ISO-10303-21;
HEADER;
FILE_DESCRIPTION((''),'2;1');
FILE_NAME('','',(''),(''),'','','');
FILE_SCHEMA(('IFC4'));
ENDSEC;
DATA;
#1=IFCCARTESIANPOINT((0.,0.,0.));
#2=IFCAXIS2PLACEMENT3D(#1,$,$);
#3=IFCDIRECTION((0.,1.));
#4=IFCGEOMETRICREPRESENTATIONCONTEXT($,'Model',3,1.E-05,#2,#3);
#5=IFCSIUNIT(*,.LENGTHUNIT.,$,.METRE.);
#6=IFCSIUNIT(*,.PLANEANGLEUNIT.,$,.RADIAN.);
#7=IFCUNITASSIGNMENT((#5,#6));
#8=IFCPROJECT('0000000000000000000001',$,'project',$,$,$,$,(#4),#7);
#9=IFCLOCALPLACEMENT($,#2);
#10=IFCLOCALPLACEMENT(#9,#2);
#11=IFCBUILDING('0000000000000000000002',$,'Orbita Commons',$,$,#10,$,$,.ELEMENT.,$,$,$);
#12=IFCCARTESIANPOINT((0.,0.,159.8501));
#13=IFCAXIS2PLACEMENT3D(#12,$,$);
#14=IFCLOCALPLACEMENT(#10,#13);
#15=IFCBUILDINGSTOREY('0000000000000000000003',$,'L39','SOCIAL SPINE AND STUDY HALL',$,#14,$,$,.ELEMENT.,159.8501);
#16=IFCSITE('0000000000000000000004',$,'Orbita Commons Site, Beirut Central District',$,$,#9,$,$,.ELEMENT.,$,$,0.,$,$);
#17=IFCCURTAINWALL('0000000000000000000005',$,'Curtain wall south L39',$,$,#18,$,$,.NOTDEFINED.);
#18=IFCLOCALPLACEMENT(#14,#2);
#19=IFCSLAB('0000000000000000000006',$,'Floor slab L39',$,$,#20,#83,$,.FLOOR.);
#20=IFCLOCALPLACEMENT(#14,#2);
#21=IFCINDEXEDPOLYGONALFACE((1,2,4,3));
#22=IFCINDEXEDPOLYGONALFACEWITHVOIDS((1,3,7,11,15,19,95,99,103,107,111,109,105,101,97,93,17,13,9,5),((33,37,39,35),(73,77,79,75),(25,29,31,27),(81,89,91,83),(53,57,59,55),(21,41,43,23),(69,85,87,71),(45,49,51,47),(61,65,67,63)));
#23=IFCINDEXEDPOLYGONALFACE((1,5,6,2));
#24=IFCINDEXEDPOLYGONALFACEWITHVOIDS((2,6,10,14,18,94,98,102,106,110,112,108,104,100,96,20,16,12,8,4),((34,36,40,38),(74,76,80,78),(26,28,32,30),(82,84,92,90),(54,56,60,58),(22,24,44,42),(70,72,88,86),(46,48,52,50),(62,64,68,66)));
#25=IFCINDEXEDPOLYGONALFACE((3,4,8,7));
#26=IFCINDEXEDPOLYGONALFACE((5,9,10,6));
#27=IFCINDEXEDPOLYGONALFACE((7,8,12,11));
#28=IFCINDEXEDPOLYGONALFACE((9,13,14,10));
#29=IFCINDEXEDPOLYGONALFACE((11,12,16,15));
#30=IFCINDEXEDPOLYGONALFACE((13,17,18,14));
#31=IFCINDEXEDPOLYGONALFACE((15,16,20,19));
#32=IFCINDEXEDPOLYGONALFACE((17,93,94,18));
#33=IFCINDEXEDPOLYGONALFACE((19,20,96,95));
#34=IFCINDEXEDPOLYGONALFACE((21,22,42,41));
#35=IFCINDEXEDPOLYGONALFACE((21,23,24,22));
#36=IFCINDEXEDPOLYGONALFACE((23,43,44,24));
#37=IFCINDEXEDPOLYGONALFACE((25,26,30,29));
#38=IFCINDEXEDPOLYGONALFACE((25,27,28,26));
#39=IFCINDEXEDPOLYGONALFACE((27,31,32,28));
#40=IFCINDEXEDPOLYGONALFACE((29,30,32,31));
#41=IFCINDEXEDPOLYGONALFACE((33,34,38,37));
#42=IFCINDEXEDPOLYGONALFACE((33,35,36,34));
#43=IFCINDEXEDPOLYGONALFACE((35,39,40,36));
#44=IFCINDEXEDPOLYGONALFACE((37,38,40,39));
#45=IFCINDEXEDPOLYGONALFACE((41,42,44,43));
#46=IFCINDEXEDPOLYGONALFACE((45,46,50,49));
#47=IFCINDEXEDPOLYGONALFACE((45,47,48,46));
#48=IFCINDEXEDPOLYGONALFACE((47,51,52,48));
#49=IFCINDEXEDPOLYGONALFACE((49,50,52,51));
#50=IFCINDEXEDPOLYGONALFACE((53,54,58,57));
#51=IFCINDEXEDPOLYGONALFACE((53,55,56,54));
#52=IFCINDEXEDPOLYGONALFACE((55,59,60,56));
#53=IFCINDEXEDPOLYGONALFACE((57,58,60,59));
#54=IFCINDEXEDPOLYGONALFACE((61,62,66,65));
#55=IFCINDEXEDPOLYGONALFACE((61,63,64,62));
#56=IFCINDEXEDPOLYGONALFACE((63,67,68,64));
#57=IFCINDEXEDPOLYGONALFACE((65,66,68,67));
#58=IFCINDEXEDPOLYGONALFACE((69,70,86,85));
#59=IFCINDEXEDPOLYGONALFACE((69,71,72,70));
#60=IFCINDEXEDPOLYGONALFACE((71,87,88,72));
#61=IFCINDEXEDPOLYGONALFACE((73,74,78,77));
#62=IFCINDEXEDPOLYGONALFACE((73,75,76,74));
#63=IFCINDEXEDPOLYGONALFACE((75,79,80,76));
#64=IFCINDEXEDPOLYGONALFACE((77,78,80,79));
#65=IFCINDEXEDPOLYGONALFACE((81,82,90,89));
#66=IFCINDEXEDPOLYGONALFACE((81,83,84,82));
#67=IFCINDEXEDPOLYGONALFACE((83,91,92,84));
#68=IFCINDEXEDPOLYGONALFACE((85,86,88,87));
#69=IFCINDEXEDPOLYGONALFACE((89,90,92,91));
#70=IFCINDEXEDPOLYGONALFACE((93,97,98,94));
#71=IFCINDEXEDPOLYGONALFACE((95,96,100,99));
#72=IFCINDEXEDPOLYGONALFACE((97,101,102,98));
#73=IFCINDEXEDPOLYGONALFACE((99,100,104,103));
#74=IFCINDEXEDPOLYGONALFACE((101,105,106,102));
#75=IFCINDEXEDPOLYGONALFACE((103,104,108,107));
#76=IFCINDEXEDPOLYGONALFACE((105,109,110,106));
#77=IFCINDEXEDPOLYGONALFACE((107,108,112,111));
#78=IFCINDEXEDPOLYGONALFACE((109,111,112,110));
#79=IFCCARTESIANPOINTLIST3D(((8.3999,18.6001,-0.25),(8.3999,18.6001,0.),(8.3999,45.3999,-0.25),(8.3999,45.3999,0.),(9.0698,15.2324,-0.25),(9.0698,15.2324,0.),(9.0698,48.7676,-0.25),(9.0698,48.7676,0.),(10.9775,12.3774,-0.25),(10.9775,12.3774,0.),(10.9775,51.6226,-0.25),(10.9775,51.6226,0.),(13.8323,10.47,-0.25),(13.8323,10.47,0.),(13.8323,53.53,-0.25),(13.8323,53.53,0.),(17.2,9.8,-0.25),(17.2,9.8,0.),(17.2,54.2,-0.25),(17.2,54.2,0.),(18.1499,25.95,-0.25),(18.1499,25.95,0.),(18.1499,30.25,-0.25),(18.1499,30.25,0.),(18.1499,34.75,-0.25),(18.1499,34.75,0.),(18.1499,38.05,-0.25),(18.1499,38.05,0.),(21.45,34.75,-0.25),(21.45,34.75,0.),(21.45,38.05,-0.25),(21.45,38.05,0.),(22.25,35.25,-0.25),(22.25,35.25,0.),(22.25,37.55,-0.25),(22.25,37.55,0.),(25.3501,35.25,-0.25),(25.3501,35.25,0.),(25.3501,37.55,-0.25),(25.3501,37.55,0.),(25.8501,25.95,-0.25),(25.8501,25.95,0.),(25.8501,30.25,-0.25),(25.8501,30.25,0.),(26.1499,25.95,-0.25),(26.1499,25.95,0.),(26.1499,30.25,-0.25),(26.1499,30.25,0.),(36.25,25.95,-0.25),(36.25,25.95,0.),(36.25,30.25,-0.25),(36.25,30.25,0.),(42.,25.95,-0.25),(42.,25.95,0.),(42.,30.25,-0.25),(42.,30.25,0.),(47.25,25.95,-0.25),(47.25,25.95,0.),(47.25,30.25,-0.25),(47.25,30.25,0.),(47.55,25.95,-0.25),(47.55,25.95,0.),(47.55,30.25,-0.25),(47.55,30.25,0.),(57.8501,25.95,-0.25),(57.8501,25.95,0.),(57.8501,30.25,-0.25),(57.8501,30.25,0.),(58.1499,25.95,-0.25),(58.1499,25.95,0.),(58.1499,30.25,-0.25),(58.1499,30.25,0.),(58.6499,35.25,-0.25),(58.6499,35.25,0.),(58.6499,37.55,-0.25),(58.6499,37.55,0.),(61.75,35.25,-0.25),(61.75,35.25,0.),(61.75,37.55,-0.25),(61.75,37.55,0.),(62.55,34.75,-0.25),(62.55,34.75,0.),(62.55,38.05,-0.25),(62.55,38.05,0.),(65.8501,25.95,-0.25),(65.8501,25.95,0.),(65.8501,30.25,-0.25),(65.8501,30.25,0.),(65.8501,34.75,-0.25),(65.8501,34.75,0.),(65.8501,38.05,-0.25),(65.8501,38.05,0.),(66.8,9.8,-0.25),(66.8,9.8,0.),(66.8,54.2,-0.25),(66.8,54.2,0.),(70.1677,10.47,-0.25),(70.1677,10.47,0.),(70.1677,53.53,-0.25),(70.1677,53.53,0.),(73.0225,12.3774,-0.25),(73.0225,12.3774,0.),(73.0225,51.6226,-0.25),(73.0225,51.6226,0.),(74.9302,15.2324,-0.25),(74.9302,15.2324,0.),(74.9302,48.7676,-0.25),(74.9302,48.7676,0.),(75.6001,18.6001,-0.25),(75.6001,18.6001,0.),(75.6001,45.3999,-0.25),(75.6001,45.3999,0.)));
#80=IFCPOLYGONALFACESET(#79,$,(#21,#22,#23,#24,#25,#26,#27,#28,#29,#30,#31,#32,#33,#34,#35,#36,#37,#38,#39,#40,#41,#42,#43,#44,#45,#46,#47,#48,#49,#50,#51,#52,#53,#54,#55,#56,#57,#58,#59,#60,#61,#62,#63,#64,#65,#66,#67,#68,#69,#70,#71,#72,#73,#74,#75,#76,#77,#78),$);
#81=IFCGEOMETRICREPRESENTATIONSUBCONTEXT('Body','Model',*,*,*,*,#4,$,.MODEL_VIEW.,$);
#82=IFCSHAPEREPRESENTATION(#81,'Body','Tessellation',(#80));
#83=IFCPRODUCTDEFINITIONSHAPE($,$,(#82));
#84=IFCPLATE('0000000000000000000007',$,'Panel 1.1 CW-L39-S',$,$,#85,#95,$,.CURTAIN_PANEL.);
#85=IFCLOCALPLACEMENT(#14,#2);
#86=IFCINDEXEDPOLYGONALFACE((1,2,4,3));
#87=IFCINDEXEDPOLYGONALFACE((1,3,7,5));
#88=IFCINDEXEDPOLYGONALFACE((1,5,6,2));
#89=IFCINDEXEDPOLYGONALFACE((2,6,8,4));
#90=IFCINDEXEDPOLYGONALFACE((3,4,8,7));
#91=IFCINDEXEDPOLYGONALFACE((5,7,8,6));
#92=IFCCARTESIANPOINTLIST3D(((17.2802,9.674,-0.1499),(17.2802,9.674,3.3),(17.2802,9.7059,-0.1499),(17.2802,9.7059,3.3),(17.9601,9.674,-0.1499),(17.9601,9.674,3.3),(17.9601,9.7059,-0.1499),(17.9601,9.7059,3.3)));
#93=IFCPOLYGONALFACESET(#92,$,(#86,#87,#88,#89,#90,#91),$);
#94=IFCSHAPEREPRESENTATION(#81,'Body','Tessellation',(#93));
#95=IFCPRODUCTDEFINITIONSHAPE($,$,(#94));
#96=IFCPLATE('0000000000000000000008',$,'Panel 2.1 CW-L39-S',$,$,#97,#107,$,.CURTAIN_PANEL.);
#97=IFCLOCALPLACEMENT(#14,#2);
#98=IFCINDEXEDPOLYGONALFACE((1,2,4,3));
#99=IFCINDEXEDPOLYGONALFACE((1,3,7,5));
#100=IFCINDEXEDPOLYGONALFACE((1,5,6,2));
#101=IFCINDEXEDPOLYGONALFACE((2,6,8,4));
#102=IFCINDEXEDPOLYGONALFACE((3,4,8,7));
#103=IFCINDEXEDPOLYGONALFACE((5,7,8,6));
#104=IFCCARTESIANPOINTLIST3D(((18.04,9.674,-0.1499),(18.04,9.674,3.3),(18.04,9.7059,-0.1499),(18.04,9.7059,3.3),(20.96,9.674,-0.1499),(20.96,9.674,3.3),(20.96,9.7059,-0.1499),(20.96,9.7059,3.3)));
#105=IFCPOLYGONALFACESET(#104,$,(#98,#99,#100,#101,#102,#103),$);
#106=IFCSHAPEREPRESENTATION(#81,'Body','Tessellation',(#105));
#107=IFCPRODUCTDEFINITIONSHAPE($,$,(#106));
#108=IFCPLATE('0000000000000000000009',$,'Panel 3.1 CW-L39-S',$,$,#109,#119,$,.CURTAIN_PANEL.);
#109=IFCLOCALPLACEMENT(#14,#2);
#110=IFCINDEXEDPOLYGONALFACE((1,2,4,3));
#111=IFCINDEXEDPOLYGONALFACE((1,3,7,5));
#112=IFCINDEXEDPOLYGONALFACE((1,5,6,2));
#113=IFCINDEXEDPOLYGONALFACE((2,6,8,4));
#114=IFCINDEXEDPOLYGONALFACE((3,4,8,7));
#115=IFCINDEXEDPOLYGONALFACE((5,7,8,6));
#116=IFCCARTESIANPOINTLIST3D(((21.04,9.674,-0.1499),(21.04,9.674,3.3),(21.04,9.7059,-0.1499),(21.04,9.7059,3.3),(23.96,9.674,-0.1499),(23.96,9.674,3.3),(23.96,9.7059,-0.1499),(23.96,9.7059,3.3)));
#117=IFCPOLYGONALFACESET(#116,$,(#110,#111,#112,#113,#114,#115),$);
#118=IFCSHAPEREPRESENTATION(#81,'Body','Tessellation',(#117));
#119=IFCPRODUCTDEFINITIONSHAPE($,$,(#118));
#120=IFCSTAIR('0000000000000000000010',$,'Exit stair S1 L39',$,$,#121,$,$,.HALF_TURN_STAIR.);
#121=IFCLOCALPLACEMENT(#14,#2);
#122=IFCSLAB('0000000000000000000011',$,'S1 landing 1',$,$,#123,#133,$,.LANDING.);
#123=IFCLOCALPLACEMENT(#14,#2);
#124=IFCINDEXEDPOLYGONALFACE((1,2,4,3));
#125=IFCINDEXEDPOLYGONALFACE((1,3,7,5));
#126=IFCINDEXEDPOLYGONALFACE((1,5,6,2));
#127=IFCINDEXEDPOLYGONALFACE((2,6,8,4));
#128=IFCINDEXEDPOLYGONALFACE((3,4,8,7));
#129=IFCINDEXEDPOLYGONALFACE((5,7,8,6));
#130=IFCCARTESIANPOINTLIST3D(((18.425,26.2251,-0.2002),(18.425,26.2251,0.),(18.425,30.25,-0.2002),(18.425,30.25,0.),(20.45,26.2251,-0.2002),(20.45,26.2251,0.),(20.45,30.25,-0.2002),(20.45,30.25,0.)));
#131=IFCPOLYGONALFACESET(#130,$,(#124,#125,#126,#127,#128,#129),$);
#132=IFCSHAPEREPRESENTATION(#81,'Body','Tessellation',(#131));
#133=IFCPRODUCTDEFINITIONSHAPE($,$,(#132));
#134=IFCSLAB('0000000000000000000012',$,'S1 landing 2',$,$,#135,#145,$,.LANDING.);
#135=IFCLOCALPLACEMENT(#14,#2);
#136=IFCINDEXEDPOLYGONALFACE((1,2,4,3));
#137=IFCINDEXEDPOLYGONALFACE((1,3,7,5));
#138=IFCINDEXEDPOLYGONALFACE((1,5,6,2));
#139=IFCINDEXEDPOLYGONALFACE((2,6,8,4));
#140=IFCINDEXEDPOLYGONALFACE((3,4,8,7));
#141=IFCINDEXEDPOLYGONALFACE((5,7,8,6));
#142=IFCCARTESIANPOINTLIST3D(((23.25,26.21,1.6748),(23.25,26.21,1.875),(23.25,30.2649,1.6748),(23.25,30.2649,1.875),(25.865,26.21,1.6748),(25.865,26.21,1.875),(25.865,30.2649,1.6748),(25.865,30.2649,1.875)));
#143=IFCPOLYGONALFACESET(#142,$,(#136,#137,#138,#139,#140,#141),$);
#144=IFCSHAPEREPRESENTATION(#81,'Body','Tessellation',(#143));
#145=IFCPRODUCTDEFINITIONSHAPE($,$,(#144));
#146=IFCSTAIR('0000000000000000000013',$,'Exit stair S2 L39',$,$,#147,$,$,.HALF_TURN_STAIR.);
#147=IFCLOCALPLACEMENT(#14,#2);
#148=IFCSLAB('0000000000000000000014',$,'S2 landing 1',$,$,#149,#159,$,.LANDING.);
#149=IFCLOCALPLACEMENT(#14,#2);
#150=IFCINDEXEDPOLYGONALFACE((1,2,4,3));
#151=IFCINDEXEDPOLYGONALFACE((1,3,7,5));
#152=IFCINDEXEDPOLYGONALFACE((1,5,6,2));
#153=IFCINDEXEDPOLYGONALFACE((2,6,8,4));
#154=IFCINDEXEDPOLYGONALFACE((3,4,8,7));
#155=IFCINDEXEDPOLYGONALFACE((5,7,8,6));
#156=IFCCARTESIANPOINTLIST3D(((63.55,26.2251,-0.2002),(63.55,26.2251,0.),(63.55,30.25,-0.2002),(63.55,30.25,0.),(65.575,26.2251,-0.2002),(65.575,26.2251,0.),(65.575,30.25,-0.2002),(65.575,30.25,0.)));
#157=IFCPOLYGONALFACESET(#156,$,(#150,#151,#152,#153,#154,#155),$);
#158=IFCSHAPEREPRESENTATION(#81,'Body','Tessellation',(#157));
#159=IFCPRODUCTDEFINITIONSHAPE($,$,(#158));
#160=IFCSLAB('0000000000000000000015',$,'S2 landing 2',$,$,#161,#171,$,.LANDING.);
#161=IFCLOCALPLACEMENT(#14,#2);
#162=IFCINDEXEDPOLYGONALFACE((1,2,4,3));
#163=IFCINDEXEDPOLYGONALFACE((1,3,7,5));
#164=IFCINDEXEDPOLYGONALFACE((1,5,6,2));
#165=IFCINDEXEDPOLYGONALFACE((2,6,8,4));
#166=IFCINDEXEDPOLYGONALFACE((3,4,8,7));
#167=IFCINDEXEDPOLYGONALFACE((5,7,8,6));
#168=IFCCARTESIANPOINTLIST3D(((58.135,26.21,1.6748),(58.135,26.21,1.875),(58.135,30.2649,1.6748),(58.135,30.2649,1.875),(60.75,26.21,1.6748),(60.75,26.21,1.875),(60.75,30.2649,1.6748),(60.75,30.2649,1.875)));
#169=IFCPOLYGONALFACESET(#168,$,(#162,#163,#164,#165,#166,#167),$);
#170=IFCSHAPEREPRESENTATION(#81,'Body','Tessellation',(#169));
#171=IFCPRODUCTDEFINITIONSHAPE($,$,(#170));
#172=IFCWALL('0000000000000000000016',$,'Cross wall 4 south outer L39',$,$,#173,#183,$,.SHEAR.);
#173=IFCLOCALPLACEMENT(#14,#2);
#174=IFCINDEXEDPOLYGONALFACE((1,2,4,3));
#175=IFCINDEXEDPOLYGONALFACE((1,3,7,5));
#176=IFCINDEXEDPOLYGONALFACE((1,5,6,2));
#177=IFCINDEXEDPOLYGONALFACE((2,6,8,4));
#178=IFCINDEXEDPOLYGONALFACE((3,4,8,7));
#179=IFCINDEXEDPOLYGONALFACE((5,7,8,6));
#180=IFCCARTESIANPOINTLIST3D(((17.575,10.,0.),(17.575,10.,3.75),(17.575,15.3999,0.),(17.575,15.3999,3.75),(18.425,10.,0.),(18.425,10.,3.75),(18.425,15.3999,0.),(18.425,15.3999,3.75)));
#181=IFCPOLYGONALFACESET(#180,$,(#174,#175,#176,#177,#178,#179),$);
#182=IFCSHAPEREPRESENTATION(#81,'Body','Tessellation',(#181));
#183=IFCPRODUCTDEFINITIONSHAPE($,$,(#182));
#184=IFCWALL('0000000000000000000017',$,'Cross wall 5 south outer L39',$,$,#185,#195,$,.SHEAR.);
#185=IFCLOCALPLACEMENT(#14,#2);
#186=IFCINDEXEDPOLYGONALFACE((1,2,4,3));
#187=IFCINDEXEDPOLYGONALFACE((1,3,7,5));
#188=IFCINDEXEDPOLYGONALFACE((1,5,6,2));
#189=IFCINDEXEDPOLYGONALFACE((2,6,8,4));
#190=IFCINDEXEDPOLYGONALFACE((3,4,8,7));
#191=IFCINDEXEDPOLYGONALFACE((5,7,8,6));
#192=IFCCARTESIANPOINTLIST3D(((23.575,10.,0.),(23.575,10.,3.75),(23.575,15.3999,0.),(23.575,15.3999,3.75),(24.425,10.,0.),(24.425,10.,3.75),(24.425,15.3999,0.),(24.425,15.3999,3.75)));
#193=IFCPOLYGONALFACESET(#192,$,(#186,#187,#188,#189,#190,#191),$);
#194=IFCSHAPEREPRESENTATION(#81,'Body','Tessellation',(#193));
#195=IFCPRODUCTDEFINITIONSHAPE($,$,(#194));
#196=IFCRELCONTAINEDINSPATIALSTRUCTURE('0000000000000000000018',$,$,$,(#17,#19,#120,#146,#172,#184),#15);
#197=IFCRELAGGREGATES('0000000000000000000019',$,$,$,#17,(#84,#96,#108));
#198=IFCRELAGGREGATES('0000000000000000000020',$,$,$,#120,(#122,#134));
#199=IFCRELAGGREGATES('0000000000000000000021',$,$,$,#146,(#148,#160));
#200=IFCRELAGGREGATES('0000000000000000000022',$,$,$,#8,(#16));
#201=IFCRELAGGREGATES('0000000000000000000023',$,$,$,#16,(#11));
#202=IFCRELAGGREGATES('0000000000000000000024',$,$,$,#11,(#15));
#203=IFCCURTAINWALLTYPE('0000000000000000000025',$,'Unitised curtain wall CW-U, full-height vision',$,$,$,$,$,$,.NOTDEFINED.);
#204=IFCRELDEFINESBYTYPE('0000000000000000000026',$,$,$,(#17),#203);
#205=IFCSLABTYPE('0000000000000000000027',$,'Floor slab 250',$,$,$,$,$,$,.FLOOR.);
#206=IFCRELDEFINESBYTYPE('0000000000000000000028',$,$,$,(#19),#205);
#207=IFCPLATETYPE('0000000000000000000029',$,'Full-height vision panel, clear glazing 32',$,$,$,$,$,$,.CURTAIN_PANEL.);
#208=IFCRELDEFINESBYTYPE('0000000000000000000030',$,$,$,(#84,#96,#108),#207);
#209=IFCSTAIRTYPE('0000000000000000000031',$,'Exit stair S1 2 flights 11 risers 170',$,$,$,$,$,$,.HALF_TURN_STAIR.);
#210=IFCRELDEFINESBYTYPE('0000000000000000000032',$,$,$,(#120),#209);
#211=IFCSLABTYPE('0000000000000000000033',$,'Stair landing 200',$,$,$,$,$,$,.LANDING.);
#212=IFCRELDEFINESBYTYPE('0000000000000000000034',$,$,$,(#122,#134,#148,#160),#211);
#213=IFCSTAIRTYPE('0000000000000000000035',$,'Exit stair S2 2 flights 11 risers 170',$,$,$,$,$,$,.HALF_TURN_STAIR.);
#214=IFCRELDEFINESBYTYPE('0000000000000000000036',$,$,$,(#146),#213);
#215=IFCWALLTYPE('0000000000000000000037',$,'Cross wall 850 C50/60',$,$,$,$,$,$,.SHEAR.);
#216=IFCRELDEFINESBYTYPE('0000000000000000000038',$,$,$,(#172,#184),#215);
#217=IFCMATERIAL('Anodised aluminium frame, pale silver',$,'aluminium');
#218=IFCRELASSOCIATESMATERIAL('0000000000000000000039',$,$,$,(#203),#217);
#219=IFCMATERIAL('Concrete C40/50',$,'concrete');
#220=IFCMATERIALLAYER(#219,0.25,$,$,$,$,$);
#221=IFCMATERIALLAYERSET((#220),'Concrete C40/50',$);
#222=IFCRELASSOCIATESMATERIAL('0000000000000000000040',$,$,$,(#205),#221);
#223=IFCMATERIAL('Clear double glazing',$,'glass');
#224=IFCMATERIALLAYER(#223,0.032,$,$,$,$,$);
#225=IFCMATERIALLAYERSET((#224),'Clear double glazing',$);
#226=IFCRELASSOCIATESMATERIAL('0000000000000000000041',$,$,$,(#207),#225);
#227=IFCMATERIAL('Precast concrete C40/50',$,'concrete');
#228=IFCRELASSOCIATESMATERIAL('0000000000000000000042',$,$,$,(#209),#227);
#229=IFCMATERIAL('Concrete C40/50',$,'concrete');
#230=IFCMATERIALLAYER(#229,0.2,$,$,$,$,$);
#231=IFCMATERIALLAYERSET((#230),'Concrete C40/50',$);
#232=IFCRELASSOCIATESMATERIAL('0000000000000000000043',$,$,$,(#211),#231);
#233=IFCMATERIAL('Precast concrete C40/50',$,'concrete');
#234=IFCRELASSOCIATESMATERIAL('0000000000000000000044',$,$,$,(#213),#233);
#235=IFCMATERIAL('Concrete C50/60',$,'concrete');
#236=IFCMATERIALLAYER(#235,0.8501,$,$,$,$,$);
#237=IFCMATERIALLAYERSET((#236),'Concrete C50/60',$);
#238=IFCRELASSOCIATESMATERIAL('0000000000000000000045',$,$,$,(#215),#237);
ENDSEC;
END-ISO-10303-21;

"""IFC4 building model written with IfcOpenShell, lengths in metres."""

from ifc_helpers import new_model, si_unit, direction, frame, frame_2d, origin, origin_2d, place, context, subcontext, project, spatial, polyline, rectangle, outline, extrude, material, layer, layer_set, type_object, element, aggregate, save


model = new_model("IFC4")

# Units and contexts
model_context = context("Model", 3, precision=1e-05, world=origin(), true_north=direction((0.0, 1.0)))
body_context = subcontext(model_context, "Body", "Model", "MODEL_VIEW")
ifc_project = project(units=[si_unit("LENGTHUNIT", "METRE"), si_unit("PLANEANGLEUNIT", "RADIAN")], contexts=[model_context])

# Site, building, storey
site_placement = place(None, origin())
site = spatial("IfcSite", under=ifc_project, at=site_placement, Name="Orbita Commons Site, Beirut Central District", CompositionType="ELEMENT", RefElevation=0.0)
building_placement = place(site_placement, origin())
building = spatial("IfcBuilding", under=site, at=building_placement, Name="Orbita Commons", CompositionType="ELEMENT")
storey_placement = place(building_placement, frame((0.0, 0.0, 159.8501)))
storey = spatial("IfcBuildingStorey", under=building, at=storey_placement, Name="L39", Description="SOCIAL SPINE AND STUDY HALL", CompositionType="ELEMENT", Elevation=159.8501)

# Curtain wall
ifc_material_1 = material(Name="Anodised aluminium frame, pale silver", Category="aluminium")
curtain_wall_type = type_object("IfcCurtainWallType", Name="Unitised curtain wall CW-U, full-height vision", PredefinedType="NOTDEFINED", material=ifc_material_1)
curtain_wall_placement = place(storey_placement, origin())
curtain_wall = element("IfcCurtainWall", 1, at=curtain_wall_placement, inside=storey, type_object=curtain_wall_type, Name="Curtain wall south L39", PredefinedType="NOTDEFINED")

# Slab
ifc_material_2 = material(Name="Concrete C40/50", Category="concrete")
ifc_layer_1 = layer(ifc_material_2, 0.25)
ifc_layer_set_1 = layer_set([ifc_layer_1], Name="Concrete C40/50")
slab_type_1 = type_object("IfcSlabType", Name="Floor slab 250", PredefinedType="FLOOR", material=ifc_layer_set_1)
slab_1_placement = place(storey_placement, frame((0.0, 0.0, -0.25)))
element("IfcSlab", 2, at=slab_1_placement, inside=storey, type_object=slab_type_1, Name="Floor slab L39", PredefinedType="FLOOR", context=body_context, shape_type="SweptSolid", body=[
    extrude(outline(polyline([(66.8, 9.8), (70.1677, 10.47), (73.0225, 12.3774), (74.9302, 15.2324), (75.6001, 18.6001), (75.6001, 45.3999), (74.9302, 48.7676), (73.0225, 51.6226), (70.1677, 53.53), (66.8, 54.2), (17.2, 54.2), (13.8323, 53.53), (10.9775, 51.6226), (9.0698, 48.7676), (8.3999, 45.3999), (8.3999, 18.6001), (9.0698, 15.2324), (10.9775, 12.3774), (13.8323, 10.47), (17.2, 9.8), (66.8, 9.8)]), holes=[polyline([(18.1499, 25.95), (25.8501, 25.95), (25.8501, 30.25), (18.1499, 30.25), (18.1499, 25.95)]), polyline([(58.1499, 25.95), (65.8501, 25.95), (65.8501, 30.25), (58.1499, 30.25), (58.1499, 25.95)]), polyline([(18.1499, 34.75), (21.45, 34.75), (21.45, 38.05), (18.1499, 38.05), (18.1499, 34.75)]), polyline([(62.55, 34.75), (65.8501, 34.75), (65.8501, 38.05), (62.55, 38.05), (62.55, 34.75)]), polyline([(22.25, 35.25), (25.3501, 35.25), (25.3501, 37.55), (22.25, 37.55), (22.25, 35.25)]), polyline([(58.6499, 35.25), (61.75, 35.25), (61.75, 37.55), (58.6499, 37.55), (58.6499, 35.25)]), polyline([(26.1499, 25.95), (36.25, 25.95), (36.25, 30.25), (26.1499, 30.25), (26.1499, 25.95)]), polyline([(42.0, 25.95), (47.25, 25.95), (47.25, 30.25), (42.0, 30.25), (42.0, 25.95)]), polyline([(47.55, 25.95), (57.8501, 25.95), (57.8501, 30.25), (47.55, 30.25), (47.55, 25.95)])]), origin(), (0.0, 0.0, 1.0), 0.25),
])

# Plates
ifc_material_3 = material(Name="Clear double glazing", Category="glass")
ifc_layer_2 = layer(ifc_material_3, 0.032)
ifc_layer_set_2 = layer_set([ifc_layer_2], Name="Clear double glazing")
plate_type = type_object("IfcPlateType", Name="Full-height vision panel, clear glazing 32", PredefinedType="CURTAIN_PANEL", material=ifc_layer_set_2)
plate_1_placement = place(storey_placement, frame((17.6201, 9.6899, -0.1499), z_axis=(0.0, 0.0, 1.0), x_axis=(1.0, 0.0, 0.0)))
plate_1 = element("IfcPlate", 3, at=plate_1_placement, type_object=plate_type, Name="Panel 1.1 CW-L39-S", PredefinedType="CURTAIN_PANEL", context=body_context, shape_type="SweptSolid", body=[
    extrude(rectangle(XDim=0.6799, YDim=0.032, at=origin_2d()), origin(), (0.0, 0.0, 1.0), 3.45),
])
plate_2_placement = place(storey_placement, frame((19.5, 9.6899, -0.1499), z_axis=(0.0, 0.0, 1.0), x_axis=(1.0, 0.0, 0.0)))
plate_2 = element("IfcPlate", 4, at=plate_2_placement, type_object=plate_type, Name="Panel 2.1 CW-L39-S", PredefinedType="CURTAIN_PANEL", context=body_context, shape_type="SweptSolid", body=[
    extrude(rectangle(XDim=2.9199, YDim=0.032, at=origin_2d()), origin(), (0.0, 0.0, 1.0), 3.45),
])
plate_3_placement = place(storey_placement, frame((22.5, 9.6899, -0.1499), z_axis=(0.0, 0.0, 1.0), x_axis=(1.0, 0.0, 0.0)))
plate_3 = element("IfcPlate", 5, at=plate_3_placement, type_object=plate_type, Name="Panel 3.1 CW-L39-S", PredefinedType="CURTAIN_PANEL", context=body_context, shape_type="SweptSolid", body=[
    extrude(rectangle(XDim=2.9199, YDim=0.032, at=origin_2d()), origin(), (0.0, 0.0, 1.0), 3.45),
])
aggregate(curtain_wall, [plate_1, plate_2, plate_3])

# Stairs, slabs
ifc_material_4 = material(Name="Precast concrete C40/50", Category="concrete")
stair_type_1 = type_object("IfcStairType", Name="Exit stair S1 2 flights 11 risers 170", PredefinedType="HALF_TURN_STAIR", material=ifc_material_4)
stair_1_placement = place(storey_placement, origin())
stair_1 = element("IfcStair", 6, at=stair_1_placement, inside=storey, type_object=stair_type_1, Name="Exit stair S1 L39", PredefinedType="HALF_TURN_STAIR")
ifc_material_5 = material(Name="Concrete C40/50", Category="concrete")
ifc_layer_3 = layer(ifc_material_5, 0.2)
ifc_layer_set_3 = layer_set([ifc_layer_3], Name="Concrete C40/50")
slab_type_2 = type_object("IfcSlabType", Name="Stair landing 200", PredefinedType="LANDING", material=ifc_layer_set_3)
slab_2_placement = place(storey_placement, frame((0.0, 0.0, -0.2002)))
slab_2 = element("IfcSlab", 7, at=slab_2_placement, type_object=slab_type_2, Name="S1 landing 1", PredefinedType="LANDING", context=body_context, shape_type="SweptSolid", body=[
    extrude(outline(polyline([(18.425, 26.2251), (20.45, 26.2251), (20.45, 30.25), (18.425, 30.25), (18.425, 26.2251)])), origin(), (0.0, 0.0, 1.0), 0.2002),
])
slab_3_placement = place(storey_placement, frame((0.0, 0.0, 1.6748)))
slab_3 = element("IfcSlab", 8, at=slab_3_placement, type_object=slab_type_2, Name="S1 landing 2", PredefinedType="LANDING", context=body_context, shape_type="SweptSolid", body=[
    extrude(outline(polyline([(23.25, 26.21), (25.865, 26.21), (25.865, 30.2649), (23.25, 30.2649), (23.25, 26.21)])), origin(), (0.0, 0.0, 1.0), 0.2002),
])
aggregate(stair_1, [slab_2, slab_3])
ifc_material_6 = material(Name="Precast concrete C40/50", Category="concrete")
stair_type_2 = type_object("IfcStairType", Name="Exit stair S2 2 flights 11 risers 170", PredefinedType="HALF_TURN_STAIR", material=ifc_material_6)
stair_2_placement = place(storey_placement, origin())
stair_2 = element("IfcStair", 9, at=stair_2_placement, inside=storey, type_object=stair_type_2, Name="Exit stair S2 L39", PredefinedType="HALF_TURN_STAIR")
slab_4_placement = place(storey_placement, frame((0.0, 0.0, -0.2002)))
slab_4 = element("IfcSlab", 10, at=slab_4_placement, type_object=slab_type_2, Name="S2 landing 1", PredefinedType="LANDING", context=body_context, shape_type="SweptSolid", body=[
    extrude(outline(polyline([(63.55, 26.2251), (65.575, 26.2251), (65.575, 30.25), (63.55, 30.25), (63.55, 26.2251)])), origin(), (0.0, 0.0, 1.0), 0.2002),
])
slab_5_placement = place(storey_placement, frame((0.0, 0.0, 1.6748)))
slab_5 = element("IfcSlab", 11, at=slab_5_placement, type_object=slab_type_2, Name="S2 landing 2", PredefinedType="LANDING", context=body_context, shape_type="SweptSolid", body=[
    extrude(outline(polyline([(58.135, 26.21), (60.75, 26.21), (60.75, 30.2649), (58.135, 30.2649), (58.135, 26.21)])), origin(), (0.0, 0.0, 1.0), 0.2002),
])
aggregate(stair_2, [slab_4, slab_5])

# Walls
ifc_material_7 = material(Name="Concrete C50/60", Category="concrete")
ifc_layer_4 = layer(ifc_material_7, 0.8501)
ifc_layer_set_4 = layer_set([ifc_layer_4], Name="Concrete C50/60")
wall_type_1 = type_object("IfcWallType", Name="Cross wall 850 C50/60", PredefinedType="SHEAR", material=ifc_layer_set_4)
for number, where, z_axis, x_axis, name in (
    (12, (18.0, 10.0, 0.0), (0.0, 0.0, 1.0), (0.0, 1.0, 0.0), "Cross wall 4 south outer L39"),
    (13, (24.0, 10.0, 0.0), (0.0, 0.0, 1.0), (0.0, 1.0, 0.0), "Cross wall 5 south outer L39"),
):
    element("IfcWall", number, at=place(storey_placement, frame(where, z_axis=z_axis, x_axis=x_axis)), inside=storey, type_object=wall_type_1, Name=name, PredefinedType="SHEAR", context=body_context, shape_type="SweptSolid", body=[
        extrude(rectangle(XDim=5.3999, YDim=0.8501, at=frame_2d((2.7, 0.0))), origin(), (0.0, 0.0, 1.0), 3.75),
    ])

save(model, "model.ifc")
